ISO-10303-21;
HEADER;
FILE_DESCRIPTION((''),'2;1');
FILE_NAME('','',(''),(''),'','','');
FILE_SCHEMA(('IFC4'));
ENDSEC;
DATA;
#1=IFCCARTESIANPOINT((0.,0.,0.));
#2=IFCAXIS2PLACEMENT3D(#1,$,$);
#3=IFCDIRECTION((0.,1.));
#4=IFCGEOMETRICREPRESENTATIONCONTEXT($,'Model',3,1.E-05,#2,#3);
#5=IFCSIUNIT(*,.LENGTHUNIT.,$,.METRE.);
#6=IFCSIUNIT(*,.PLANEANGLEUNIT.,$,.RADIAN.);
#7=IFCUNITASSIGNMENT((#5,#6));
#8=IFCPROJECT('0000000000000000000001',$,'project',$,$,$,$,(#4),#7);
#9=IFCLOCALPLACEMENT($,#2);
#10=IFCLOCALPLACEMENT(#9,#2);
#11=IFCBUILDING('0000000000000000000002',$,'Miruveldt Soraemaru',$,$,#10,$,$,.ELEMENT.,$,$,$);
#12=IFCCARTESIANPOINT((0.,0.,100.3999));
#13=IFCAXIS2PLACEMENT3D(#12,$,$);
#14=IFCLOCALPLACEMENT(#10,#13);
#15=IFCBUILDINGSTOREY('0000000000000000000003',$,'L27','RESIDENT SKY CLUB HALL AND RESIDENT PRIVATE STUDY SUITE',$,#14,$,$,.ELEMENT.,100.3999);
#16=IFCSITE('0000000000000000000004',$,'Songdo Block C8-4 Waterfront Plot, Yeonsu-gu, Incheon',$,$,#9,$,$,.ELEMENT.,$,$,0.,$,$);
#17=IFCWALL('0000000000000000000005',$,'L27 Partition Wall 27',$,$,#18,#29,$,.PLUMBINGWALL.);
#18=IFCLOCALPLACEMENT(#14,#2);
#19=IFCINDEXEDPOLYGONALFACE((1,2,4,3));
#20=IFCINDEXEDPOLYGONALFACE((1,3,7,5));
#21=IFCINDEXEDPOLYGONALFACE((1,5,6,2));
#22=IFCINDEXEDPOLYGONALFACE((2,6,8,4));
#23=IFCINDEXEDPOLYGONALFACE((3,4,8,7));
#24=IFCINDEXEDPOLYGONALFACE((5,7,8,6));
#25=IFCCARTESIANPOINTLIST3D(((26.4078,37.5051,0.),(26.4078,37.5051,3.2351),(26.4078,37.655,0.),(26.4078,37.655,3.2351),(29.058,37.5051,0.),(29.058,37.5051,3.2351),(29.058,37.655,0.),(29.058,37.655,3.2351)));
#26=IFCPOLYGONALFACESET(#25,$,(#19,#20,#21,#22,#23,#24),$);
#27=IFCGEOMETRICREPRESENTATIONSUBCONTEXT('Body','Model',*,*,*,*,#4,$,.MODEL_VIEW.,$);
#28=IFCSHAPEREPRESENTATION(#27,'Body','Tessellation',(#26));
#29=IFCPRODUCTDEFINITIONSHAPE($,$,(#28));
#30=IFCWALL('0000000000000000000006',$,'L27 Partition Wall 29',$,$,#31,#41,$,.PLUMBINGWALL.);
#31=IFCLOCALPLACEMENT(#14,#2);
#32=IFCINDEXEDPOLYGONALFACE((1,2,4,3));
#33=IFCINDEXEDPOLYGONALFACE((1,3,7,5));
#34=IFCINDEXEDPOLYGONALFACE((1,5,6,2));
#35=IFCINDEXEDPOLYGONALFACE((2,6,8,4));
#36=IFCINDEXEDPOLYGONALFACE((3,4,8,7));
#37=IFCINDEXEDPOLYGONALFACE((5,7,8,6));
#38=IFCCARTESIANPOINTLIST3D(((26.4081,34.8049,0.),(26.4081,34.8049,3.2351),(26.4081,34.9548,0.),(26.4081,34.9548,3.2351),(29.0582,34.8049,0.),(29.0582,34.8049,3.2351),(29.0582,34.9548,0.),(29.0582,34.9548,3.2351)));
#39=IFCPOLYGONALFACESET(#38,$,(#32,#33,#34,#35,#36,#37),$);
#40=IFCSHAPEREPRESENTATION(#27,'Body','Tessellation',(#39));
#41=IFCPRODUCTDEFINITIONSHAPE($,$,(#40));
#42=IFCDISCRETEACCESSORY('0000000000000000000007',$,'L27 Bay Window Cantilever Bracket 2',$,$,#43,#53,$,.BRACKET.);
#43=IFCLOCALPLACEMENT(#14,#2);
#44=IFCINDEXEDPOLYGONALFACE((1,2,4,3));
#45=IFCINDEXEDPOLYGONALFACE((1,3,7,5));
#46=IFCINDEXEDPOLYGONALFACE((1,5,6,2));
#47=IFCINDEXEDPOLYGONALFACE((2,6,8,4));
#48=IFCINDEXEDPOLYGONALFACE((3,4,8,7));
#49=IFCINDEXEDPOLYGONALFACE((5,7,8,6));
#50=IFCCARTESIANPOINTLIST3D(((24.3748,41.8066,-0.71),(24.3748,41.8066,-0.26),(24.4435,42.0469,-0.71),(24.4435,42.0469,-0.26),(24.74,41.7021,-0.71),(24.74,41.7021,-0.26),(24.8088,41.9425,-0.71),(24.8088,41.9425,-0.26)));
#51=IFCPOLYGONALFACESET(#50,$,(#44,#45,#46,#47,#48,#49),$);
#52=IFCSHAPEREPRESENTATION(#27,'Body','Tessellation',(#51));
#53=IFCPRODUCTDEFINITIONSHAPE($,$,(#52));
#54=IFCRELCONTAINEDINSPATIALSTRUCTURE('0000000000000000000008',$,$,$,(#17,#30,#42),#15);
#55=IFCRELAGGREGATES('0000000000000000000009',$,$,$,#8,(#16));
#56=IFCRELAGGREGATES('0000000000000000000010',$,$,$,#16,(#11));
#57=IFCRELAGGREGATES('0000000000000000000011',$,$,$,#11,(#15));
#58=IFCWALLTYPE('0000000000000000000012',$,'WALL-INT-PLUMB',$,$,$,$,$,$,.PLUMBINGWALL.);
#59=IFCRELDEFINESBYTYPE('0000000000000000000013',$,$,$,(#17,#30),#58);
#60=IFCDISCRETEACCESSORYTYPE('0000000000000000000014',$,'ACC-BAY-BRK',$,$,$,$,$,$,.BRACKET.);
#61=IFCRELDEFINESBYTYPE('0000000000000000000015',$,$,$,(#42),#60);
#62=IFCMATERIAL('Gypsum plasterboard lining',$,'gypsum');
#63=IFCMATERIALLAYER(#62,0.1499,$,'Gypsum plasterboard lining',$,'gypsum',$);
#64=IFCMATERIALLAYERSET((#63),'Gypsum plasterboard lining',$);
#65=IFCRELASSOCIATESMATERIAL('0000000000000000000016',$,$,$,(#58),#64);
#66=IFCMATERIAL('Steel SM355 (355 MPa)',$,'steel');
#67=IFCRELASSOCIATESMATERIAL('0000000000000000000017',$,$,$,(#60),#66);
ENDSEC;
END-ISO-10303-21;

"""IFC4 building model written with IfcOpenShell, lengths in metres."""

from ifc_helpers import new_model, si_unit, direction, frame, frame_2d, origin, origin_2d, place, context, subcontext, project, spatial, rectangle, extrude, material, layer, layer_set, type_object, element, save


model = new_model("IFC4")

# Units and contexts
model_context = context("Model", 3, precision=1e-05, world=origin(), true_north=direction((0.0, 1.0)))
body_context = subcontext(model_context, "Body", "Model", "MODEL_VIEW")
ifc_project = project(units=[si_unit("LENGTHUNIT", "METRE"), si_unit("PLANEANGLEUNIT", "RADIAN")], contexts=[model_context])

# Site, building, storey
site_placement = place(None, origin())
site = spatial("IfcSite", under=ifc_project, at=site_placement, Name="Songdo Block C8-4 Waterfront Plot, Yeonsu-gu, Incheon", CompositionType="ELEMENT", RefElevation=0.0)
building_placement = place(site_placement, origin())
building = spatial("IfcBuilding", under=site, at=building_placement, Name="Miruveldt Soraemaru", CompositionType="ELEMENT")
storey_placement = place(building_placement, frame((0.0, 0.0, 100.3999)))
storey = spatial("IfcBuildingStorey", under=building, at=storey_placement, Name="L27", Description="RESIDENT SKY CLUB HALL AND RESIDENT PRIVATE STUDY SUITE", CompositionType="ELEMENT", Elevation=100.3999)

# Shared definitions
ifc_material_1 = material(Name="Steel SM355 (355 MPa)", Category="steel")

# Shared definitions
ifc_material_2 = material(Name="Gypsum plasterboard lining", Category="gypsum")

# Shared definitions
ifc_layer_1 = layer(ifc_material_2, 0.1499, Name="Gypsum plasterboard lining", Category="gypsum")
ifc_layer_set_1 = layer_set([ifc_layer_1], Name="Gypsum plasterboard lining")
wall_type_1 = type_object("IfcWallType", Name="WALL-INT-PLUMB", PredefinedType="PLUMBINGWALL", material=ifc_layer_set_1)

# Walls
for number, where, z_axis, x_axis, name in (
    (1, (29.0581, 37.5801, 0.0), (0.0, 0.0, 1.0), (-1.0, 0.0, 0.0), "L27 Partition Wall 27"),
    (2, (26.408, 34.8799, 0.0), (0.0, 0.0, 1.0), (1.0, 0.0, 0.0), "L27 Partition Wall 29"),
):
    element("IfcWall", number, at=place(storey_placement, frame(where, z_axis=z_axis, x_axis=x_axis)), inside=storey, type_object=wall_type_1, Name=name, PredefinedType="PLUMBINGWALL", context=body_context, shape_type="SweptSolid", body=[
        extrude(rectangle(XDim=2.6501, YDim=0.1499, at=frame_2d((1.3252, 0.0))), origin(), (0.0, 0.0, 1.0), 3.2351),
    ])

# Discrete accessory
discrete_accessory_type = type_object("IfcDiscreteAccessoryType", Name="ACC-BAY-BRK", PredefinedType="BRACKET", material=ifc_material_1)
discrete_accessory_placement = place(storey_placement, frame((24.5918, 41.8745, -0.71), z_axis=(0.0, 0.0, 1.0), x_axis=(-0.961454, 0.274966, 0.0)))
element("IfcDiscreteAccessory", 3, at=discrete_accessory_placement, inside=storey, type_object=discrete_accessory_type, Name="L27 Bay Window Cantilever Bracket 2", PredefinedType="BRACKET", context=body_context, shape_type="SweptSolid", body=[
    extrude(rectangle(XDim=0.3799, YDim=0.25, at=origin_2d()), origin(), (0.0, 0.0, 1.0), 0.45),
])

save(model, "model.ifc")
